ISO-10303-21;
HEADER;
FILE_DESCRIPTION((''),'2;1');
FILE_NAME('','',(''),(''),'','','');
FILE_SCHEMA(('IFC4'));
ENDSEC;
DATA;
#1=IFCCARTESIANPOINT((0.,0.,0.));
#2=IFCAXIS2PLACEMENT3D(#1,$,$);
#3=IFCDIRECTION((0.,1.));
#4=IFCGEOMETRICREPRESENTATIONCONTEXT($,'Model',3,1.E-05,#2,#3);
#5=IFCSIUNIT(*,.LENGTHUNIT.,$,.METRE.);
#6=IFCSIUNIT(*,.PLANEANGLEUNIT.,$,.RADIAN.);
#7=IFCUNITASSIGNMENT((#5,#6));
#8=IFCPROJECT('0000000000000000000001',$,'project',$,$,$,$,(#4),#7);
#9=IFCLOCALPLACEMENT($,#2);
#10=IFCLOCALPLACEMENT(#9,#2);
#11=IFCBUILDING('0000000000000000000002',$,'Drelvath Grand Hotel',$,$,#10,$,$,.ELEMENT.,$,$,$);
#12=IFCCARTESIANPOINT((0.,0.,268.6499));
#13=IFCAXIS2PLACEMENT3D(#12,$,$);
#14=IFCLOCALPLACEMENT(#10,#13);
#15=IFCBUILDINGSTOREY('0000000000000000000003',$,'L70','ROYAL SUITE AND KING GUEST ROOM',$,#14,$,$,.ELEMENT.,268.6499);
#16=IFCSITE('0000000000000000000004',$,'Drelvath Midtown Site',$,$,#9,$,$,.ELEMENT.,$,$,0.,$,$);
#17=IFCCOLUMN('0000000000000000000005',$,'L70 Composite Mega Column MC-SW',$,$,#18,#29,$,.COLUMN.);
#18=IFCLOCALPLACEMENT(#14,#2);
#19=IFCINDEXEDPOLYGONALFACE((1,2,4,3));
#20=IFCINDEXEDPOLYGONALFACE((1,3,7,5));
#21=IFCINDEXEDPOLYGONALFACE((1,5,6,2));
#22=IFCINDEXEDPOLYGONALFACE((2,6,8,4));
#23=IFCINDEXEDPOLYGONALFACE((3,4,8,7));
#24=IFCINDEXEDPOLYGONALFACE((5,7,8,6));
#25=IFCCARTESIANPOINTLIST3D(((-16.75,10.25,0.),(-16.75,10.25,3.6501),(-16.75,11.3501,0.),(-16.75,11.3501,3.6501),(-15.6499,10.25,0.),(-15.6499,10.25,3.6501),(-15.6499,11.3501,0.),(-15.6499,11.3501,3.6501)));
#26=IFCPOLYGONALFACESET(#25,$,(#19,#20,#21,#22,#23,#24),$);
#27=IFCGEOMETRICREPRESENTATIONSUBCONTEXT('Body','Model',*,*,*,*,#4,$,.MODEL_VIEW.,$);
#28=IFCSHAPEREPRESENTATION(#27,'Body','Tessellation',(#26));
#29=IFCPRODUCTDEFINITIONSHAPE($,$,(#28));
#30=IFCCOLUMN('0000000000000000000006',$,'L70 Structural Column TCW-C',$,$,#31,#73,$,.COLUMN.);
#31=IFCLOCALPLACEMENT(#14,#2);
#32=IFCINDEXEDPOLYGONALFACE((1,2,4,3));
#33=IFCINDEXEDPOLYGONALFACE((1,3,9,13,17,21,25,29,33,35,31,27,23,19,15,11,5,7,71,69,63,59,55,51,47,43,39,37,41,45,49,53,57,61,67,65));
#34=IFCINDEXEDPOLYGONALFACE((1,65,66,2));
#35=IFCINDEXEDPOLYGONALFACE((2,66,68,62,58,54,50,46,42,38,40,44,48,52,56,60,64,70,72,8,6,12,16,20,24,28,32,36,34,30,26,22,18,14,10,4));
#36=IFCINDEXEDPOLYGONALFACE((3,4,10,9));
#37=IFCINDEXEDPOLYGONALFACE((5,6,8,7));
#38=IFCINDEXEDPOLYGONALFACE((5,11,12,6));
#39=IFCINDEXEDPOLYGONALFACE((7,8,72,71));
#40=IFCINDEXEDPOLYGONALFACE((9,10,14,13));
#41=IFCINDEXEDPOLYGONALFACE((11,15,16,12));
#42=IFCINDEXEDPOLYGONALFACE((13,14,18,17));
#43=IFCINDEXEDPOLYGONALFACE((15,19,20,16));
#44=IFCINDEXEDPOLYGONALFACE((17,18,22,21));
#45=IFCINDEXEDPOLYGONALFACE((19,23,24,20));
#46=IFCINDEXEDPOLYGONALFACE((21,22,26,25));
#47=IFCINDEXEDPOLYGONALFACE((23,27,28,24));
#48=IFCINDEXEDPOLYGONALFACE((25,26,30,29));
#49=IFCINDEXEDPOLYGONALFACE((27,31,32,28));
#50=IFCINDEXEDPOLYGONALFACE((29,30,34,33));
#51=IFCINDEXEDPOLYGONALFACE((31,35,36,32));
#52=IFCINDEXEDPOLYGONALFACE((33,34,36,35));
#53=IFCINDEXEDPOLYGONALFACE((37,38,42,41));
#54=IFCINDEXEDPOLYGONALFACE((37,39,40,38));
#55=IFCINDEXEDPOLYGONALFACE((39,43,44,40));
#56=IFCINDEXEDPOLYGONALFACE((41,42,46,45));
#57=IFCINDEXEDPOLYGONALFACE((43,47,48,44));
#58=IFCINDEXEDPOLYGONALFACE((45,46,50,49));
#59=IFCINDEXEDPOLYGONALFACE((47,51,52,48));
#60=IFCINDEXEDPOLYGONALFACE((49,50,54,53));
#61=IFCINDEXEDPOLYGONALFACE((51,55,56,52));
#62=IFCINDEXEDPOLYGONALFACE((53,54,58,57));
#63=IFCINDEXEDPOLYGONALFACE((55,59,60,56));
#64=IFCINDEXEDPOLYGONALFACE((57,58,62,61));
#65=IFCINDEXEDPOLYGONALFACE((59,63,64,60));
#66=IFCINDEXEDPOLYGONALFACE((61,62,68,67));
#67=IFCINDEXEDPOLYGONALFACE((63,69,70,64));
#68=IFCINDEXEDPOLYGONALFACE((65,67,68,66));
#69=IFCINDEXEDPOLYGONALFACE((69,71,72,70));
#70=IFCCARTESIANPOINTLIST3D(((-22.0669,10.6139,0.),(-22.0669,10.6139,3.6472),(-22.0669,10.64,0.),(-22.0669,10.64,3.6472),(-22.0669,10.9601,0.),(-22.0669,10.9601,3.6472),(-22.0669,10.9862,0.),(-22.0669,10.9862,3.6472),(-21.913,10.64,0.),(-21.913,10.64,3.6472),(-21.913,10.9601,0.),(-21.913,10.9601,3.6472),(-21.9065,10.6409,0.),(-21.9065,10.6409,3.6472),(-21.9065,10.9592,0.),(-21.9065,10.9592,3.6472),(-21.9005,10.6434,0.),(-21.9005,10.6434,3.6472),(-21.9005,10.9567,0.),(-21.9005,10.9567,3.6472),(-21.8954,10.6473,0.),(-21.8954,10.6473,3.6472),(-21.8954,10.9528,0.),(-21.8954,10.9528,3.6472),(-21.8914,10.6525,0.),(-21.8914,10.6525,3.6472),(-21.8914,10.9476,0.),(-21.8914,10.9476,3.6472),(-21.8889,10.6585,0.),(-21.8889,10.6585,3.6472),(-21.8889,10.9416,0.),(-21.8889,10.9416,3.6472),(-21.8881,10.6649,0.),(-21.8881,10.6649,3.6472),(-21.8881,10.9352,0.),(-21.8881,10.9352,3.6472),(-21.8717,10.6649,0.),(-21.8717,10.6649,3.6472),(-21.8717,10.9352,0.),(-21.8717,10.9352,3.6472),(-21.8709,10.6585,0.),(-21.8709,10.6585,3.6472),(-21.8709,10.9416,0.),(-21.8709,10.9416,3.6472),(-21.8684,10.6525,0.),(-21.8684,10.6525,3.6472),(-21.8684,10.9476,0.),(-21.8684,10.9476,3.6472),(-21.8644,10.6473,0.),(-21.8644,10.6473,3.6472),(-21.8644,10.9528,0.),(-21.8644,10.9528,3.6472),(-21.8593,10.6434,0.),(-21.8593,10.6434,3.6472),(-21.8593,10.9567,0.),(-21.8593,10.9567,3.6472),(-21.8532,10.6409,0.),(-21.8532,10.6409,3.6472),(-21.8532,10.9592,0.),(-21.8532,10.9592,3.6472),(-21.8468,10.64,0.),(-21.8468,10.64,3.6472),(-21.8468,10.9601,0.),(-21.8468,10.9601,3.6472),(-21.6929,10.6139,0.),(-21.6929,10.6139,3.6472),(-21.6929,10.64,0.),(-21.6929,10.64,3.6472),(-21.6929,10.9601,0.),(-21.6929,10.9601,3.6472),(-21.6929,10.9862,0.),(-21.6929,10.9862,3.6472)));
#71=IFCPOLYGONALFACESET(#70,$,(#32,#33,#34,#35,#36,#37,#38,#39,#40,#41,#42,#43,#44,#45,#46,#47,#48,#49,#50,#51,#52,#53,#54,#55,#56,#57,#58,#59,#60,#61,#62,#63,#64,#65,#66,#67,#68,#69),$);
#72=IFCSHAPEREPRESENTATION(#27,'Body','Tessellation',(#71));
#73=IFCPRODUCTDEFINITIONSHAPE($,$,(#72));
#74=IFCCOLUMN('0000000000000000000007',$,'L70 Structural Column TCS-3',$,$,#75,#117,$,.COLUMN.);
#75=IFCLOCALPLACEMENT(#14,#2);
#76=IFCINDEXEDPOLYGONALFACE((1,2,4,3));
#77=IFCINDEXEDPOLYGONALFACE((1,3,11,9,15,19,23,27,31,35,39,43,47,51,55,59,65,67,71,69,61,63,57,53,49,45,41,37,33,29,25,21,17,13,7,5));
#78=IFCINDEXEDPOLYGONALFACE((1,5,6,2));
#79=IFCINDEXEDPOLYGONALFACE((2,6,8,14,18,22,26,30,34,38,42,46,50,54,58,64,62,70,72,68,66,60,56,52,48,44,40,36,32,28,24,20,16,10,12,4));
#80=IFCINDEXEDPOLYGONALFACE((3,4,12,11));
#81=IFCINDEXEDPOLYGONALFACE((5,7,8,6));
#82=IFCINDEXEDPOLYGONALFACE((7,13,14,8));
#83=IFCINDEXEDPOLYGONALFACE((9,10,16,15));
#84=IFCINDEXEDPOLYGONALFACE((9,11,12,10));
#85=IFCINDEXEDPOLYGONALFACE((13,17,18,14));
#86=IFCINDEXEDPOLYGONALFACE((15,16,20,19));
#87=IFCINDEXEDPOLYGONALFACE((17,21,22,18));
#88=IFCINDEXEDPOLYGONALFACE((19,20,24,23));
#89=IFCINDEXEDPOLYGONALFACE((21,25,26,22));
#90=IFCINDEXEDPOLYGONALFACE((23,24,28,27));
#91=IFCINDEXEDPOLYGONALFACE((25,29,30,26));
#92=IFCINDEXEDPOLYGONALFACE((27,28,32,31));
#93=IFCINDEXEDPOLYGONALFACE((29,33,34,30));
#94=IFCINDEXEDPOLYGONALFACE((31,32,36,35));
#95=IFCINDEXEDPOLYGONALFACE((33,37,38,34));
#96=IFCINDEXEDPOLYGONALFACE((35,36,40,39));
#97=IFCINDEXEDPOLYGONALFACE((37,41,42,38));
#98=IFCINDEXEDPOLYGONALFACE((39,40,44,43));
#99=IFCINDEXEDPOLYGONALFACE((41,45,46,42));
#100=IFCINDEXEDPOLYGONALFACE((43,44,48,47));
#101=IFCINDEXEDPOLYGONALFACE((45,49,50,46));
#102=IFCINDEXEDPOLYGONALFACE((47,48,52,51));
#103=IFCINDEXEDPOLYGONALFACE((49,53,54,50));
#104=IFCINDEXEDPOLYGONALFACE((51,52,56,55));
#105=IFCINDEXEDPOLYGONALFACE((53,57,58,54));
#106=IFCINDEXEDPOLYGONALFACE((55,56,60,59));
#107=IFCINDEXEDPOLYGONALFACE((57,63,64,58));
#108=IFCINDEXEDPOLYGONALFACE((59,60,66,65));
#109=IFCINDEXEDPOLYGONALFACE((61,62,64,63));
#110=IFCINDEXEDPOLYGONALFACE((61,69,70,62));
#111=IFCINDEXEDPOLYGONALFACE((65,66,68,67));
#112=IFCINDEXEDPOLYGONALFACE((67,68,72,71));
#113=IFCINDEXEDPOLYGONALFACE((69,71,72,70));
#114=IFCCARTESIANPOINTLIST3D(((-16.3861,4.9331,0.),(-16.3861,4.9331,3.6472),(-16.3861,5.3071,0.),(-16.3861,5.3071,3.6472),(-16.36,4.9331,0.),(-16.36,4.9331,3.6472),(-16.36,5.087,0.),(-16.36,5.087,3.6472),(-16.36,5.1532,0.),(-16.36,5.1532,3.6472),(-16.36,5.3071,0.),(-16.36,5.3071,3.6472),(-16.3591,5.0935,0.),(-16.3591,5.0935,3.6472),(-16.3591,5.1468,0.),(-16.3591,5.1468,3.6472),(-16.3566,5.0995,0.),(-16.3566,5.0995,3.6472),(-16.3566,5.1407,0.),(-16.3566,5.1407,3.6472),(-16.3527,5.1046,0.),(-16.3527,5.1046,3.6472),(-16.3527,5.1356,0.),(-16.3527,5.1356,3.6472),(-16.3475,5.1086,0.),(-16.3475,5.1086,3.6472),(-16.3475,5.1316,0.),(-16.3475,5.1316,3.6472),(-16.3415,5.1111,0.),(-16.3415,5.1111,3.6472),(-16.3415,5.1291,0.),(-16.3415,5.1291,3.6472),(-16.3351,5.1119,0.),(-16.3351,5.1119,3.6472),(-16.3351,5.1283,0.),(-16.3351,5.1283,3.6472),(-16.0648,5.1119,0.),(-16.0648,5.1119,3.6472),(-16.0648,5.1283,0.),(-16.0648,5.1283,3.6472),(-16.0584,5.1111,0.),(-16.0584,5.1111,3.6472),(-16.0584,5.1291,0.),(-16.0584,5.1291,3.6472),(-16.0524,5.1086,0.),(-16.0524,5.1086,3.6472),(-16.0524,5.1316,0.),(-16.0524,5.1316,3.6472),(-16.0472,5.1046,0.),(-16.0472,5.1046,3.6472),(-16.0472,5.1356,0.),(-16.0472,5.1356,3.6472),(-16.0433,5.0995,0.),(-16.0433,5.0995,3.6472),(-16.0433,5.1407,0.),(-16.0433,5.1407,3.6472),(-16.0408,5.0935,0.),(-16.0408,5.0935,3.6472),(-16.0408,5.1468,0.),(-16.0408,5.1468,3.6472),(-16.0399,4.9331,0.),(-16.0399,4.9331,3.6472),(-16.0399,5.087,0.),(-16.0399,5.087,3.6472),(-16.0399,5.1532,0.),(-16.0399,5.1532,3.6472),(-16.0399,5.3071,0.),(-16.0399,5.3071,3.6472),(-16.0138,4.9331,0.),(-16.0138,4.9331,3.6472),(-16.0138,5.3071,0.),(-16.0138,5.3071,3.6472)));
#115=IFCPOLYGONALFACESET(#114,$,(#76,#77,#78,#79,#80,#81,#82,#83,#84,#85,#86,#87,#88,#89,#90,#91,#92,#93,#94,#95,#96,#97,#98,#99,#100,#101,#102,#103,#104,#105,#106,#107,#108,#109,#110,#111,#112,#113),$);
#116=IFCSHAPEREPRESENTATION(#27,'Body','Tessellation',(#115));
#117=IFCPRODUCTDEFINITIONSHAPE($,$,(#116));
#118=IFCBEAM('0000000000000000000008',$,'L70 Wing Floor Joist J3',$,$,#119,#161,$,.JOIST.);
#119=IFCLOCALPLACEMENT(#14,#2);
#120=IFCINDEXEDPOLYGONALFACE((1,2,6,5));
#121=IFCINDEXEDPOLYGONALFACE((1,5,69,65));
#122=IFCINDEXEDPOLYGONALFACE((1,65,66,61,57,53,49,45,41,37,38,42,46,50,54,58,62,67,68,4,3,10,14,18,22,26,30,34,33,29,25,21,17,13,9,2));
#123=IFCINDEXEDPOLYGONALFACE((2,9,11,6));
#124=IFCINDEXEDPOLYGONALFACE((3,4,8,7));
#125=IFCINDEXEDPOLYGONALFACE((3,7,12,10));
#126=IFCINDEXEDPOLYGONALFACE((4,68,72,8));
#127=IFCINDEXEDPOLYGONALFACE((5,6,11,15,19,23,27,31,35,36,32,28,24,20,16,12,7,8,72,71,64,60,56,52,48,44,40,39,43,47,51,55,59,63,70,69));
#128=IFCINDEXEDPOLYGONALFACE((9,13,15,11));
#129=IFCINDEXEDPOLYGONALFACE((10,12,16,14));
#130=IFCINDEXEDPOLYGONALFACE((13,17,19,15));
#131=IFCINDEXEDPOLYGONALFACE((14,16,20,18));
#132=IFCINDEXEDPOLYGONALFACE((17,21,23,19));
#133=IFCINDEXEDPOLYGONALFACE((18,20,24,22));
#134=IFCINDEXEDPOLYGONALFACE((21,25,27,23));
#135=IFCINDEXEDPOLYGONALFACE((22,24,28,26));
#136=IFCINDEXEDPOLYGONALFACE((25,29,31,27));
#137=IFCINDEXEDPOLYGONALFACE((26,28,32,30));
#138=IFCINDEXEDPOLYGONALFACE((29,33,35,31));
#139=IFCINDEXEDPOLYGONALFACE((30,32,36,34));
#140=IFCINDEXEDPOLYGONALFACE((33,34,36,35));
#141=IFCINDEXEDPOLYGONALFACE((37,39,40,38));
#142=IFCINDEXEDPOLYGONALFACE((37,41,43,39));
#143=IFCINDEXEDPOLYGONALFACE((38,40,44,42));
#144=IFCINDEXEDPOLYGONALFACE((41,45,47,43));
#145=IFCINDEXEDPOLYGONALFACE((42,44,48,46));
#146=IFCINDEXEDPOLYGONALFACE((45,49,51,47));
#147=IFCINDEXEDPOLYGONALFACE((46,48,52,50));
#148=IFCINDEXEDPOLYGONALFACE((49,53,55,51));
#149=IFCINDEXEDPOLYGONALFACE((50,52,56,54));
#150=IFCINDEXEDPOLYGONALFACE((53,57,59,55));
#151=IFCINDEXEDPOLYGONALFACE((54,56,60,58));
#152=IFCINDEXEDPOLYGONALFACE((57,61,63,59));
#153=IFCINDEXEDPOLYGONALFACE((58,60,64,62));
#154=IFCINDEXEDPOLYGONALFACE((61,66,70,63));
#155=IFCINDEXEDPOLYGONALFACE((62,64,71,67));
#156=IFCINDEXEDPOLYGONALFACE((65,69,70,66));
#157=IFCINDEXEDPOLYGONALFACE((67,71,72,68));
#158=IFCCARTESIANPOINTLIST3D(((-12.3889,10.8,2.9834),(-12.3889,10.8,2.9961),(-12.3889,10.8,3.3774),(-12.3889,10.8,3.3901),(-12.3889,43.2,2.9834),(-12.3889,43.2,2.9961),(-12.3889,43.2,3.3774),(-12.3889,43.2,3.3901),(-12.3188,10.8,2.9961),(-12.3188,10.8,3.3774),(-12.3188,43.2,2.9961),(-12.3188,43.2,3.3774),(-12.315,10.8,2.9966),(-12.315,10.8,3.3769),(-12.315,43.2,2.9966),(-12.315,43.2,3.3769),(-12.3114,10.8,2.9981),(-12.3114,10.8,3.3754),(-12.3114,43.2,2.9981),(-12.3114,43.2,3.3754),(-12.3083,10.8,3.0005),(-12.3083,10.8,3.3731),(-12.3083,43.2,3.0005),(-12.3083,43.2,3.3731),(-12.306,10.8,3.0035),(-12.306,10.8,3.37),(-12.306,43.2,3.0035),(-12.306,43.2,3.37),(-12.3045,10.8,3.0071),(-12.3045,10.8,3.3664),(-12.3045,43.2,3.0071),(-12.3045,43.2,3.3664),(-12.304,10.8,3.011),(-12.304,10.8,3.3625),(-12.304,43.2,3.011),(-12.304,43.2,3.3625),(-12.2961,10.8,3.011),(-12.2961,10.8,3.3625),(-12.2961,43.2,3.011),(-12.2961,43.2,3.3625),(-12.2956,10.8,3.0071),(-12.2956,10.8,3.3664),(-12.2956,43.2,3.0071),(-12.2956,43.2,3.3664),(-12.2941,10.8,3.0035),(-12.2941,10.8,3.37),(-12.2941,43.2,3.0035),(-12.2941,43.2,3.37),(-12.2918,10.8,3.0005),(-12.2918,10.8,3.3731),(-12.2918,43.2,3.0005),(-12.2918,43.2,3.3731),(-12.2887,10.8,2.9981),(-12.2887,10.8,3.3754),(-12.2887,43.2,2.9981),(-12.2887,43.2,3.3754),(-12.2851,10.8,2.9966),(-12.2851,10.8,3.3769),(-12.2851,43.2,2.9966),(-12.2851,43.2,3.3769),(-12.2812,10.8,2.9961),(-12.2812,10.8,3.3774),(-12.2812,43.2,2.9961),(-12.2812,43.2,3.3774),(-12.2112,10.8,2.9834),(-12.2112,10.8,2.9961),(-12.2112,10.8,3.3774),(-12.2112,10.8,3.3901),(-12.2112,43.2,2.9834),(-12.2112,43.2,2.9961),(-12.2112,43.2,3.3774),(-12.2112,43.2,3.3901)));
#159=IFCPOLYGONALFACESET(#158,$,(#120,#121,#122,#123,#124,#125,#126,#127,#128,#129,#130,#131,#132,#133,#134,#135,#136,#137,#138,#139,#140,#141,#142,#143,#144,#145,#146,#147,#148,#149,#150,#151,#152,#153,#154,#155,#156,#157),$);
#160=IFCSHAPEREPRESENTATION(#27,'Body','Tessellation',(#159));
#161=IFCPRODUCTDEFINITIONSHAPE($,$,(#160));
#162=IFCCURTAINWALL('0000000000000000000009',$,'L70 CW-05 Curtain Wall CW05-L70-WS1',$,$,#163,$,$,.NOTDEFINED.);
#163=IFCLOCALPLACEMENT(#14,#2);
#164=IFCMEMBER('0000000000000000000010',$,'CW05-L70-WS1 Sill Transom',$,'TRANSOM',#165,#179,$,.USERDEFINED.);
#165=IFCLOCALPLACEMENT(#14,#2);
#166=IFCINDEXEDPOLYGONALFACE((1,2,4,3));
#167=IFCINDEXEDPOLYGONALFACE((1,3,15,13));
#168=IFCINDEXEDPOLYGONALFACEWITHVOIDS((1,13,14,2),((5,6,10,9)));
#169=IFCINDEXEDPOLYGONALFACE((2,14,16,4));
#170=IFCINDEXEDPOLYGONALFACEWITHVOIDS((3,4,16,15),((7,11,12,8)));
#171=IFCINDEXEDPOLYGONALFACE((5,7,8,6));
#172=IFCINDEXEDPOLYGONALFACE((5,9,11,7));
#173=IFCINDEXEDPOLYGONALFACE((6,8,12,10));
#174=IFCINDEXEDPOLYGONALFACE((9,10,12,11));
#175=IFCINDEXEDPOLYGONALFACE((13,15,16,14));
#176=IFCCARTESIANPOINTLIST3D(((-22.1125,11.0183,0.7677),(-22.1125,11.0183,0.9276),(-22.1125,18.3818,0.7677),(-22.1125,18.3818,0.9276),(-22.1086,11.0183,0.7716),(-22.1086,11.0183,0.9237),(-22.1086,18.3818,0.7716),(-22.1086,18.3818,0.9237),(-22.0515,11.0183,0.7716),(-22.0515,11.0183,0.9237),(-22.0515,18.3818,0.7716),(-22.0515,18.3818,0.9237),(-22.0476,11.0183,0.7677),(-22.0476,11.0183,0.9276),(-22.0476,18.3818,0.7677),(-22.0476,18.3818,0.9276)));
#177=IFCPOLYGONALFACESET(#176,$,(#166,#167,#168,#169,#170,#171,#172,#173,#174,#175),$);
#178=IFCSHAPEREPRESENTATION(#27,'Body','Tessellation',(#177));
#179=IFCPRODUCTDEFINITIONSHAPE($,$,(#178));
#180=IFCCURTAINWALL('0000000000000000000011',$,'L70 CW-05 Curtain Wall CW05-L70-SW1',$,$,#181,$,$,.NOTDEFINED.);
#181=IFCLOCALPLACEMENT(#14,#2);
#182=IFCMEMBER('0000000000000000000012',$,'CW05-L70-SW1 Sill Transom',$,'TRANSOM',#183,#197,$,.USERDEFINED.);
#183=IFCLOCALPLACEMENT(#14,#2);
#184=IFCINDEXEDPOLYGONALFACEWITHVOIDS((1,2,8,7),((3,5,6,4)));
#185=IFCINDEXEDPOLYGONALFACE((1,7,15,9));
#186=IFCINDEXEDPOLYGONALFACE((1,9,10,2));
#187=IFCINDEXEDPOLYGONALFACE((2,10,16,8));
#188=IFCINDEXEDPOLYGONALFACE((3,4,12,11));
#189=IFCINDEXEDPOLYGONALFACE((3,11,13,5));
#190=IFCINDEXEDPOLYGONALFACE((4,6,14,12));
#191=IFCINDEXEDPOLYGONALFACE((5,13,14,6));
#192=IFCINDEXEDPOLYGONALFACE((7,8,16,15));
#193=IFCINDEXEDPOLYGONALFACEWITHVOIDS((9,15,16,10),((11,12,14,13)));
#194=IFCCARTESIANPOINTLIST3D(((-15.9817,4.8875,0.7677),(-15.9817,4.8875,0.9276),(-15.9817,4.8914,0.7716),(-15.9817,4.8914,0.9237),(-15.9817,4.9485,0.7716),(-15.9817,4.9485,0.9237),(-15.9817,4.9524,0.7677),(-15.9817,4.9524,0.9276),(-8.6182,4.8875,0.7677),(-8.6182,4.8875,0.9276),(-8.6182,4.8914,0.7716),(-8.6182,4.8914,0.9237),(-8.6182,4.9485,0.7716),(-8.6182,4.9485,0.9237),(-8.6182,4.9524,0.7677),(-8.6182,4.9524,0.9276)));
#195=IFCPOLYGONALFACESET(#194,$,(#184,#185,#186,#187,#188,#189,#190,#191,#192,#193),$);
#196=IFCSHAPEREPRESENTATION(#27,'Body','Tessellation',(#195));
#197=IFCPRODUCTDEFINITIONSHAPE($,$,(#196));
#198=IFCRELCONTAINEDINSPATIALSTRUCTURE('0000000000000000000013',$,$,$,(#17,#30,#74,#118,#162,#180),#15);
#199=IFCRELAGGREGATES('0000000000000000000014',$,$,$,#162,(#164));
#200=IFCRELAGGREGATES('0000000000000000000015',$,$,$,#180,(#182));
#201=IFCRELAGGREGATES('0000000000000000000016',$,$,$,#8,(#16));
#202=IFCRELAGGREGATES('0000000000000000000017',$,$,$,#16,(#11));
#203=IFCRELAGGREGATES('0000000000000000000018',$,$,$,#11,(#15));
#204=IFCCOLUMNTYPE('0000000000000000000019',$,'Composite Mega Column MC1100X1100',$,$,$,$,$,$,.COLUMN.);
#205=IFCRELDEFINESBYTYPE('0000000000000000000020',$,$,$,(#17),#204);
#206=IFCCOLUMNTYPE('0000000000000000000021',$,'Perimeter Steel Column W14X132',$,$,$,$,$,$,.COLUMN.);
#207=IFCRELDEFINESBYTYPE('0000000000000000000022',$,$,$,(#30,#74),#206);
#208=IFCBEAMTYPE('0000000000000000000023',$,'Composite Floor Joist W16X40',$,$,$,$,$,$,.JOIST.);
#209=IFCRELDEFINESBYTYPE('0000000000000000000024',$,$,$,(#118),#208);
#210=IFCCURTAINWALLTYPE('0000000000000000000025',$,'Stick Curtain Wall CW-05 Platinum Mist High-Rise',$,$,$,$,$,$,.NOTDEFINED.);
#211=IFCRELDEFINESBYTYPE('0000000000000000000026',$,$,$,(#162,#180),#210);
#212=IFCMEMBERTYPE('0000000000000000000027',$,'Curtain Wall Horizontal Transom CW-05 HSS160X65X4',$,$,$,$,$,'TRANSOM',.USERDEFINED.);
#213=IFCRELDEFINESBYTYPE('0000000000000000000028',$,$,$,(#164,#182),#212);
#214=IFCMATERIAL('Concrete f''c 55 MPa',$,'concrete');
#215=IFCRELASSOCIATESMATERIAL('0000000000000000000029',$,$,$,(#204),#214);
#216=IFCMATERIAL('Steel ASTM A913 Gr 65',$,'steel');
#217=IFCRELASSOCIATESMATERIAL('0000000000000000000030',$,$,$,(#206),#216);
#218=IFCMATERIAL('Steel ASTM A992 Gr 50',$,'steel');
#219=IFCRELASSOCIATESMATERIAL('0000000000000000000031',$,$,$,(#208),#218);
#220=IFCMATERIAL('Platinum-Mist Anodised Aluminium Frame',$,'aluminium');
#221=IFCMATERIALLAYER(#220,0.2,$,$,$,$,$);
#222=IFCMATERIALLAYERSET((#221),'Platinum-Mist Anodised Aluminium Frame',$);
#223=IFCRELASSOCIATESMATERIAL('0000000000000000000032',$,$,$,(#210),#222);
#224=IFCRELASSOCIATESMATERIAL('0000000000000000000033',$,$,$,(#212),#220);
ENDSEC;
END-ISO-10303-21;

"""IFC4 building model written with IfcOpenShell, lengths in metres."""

from ifc_helpers import new_model, si_unit, direction, frame, origin, origin_2d, place, context, subcontext, project, spatial, rectangle, hollow_rectangle, i_section, extrude, material, layer, layer_set, material_profile, profile_set, type_object, element, aggregate, save


model = new_model("IFC4")

# Units and contexts
model_context = context("Model", 3, precision=1e-05, world=origin(), true_north=direction((0.0, 1.0)))
body_context = subcontext(model_context, "Body", "Model", "MODEL_VIEW")
ifc_project = project(units=[si_unit("LENGTHUNIT", "METRE"), si_unit("PLANEANGLEUNIT", "RADIAN")], contexts=[model_context])

# Site, building, storey
site_placement = place(None, origin())
site = spatial("IfcSite", under=ifc_project, at=site_placement, Name="Drelvath Midtown Site", CompositionType="ELEMENT", RefElevation=0.0)
building_placement = place(site_placement, origin())
building = spatial("IfcBuilding", under=site, at=building_placement, Name="Drelvath Grand Hotel", CompositionType="ELEMENT")
storey_placement = place(building_placement, frame((0.0, 0.0, 268.6499)))
storey = spatial("IfcBuildingStorey", under=building, at=storey_placement, Name="L70", Description="ROYAL SUITE AND KING GUEST ROOM", CompositionType="ELEMENT", Elevation=268.6499)

# Columns
ifc_material_1 = material(Name="Concrete f'c 55 MPa", Category="concrete")
ifc_material_profile_1 = material_profile(ifc_material_1, rectangle(XDim=1.1001, YDim=1.1001, at=origin_2d()), Name="MC1100X1100")
ifc_profile_set_1 = profile_set([ifc_material_profile_1], Name="Concrete f'c 55 MPa")
column_type_1 = type_object("IfcColumnType", Name="Composite Mega Column MC1100X1100", PredefinedType="COLUMN", material=ifc_profile_set_1)
column_placement = place(storey_placement, frame((-16.2, 10.8, 0.0), z_axis=(0.0, 0.0, 1.0), x_axis=(1.0, 0.0, 0.0)))
element("IfcColumn", 1, at=column_placement, inside=storey, type_object=column_type_1, Name="L70 Composite Mega Column MC-SW", PredefinedType="COLUMN", context=body_context, shape_type="SweptSolid", body=[
    extrude(rectangle(XDim=1.1001, YDim=1.1001, at=origin_2d()), origin(), (0.0, 0.0, 1.0), 3.6501),
])
ifc_material_2 = material(Name="Steel ASTM A913 Gr 65", Category="steel")
ifc_material_profile_2 = material_profile(ifc_material_2, i_section(OverallWidth=0.374, OverallDepth=0.3723, WebThickness=0.0164, FlangeThickness=0.0261, FilletRadius=0.0249, at=origin_2d()), Name="W14X132")
ifc_profile_set_2 = profile_set([ifc_material_profile_2], Name="Steel ASTM A913 Gr 65")
column_type_2 = type_object("IfcColumnType", Name="Perimeter Steel Column W14X132", PredefinedType="COLUMN", material=ifc_profile_set_2)
for number, where, z_axis, x_axis, name in (
    (2, (-21.8799, 10.8, 0.0), (0.0, 0.0, 1.0), (1.0, 0.0, 0.0), "L70 Structural Column TCW-C"),
    (3, (-16.2, 5.1201, 0.0), (0.0, 0.0, 1.0), (0.0, 1.0, 0.0), "L70 Structural Column TCS-3"),
):
    element("IfcColumn", number, at=place(storey_placement, frame(where, z_axis=z_axis, x_axis=x_axis)), inside=storey, type_object=column_type_2, Name=name, PredefinedType="COLUMN", context=body_context, shape_type="SweptSolid", body=[
        extrude(i_section(OverallWidth=0.374, OverallDepth=0.3723, WebThickness=0.0164, FlangeThickness=0.0261, FilletRadius=0.0249, at=origin_2d()), origin(), (0.0, 0.0, 1.0), 3.6472),
    ])

# Beam
ifc_material_3 = material(Name="Steel ASTM A992 Gr 50", Category="steel")
ifc_material_profile_3 = material_profile(ifc_material_3, i_section(OverallWidth=0.1777, OverallDepth=0.4067, WebThickness=0.0078, FlangeThickness=0.0127, FilletRadius=0.0149, at=origin_2d()), Name="W16X40")
ifc_profile_set_3 = profile_set([ifc_material_profile_3], Name="Steel ASTM A992 Gr 50")
beam_type_1 = type_object("IfcBeamType", Name="Composite Floor Joist W16X40", PredefinedType="JOIST", material=ifc_profile_set_3)
beam_placement = place(storey_placement, frame((-12.3, 10.8, 3.1868), z_axis=(0.0, 1.0, 0.0), x_axis=(-1.0, 0.0, 0.0)))
element("IfcBeam", 4, at=beam_placement, inside=storey, type_object=beam_type_1, Name="L70 Wing Floor Joist J3", PredefinedType="JOIST", context=body_context, shape_type="SweptSolid", body=[
    extrude(i_section(OverallWidth=0.1777, OverallDepth=0.4067, WebThickness=0.0078, FlangeThickness=0.0127, FilletRadius=0.0149, at=origin_2d()), origin(), (0.0, 0.0, 1.0), 32.3999),
])

# Curtain walls, members
ifc_material_4 = material(Name="Platinum-Mist Anodised Aluminium Frame", Category="aluminium")
ifc_layer_1 = layer(ifc_material_4, 0.2)
ifc_layer_set_1 = layer_set([ifc_layer_1], Name="Platinum-Mist Anodised Aluminium Frame")
curtain_wall_type = type_object("IfcCurtainWallType", Name="Stick Curtain Wall CW-05 Platinum Mist High-Rise", PredefinedType="NOTDEFINED", material=ifc_layer_set_1)
curtain_wall_1_placement = place(storey_placement, origin())
curtain_wall_1 = element("IfcCurtainWall", 5, at=curtain_wall_1_placement, inside=storey, type_object=curtain_wall_type, Name="L70 CW-05 Curtain Wall CW05-L70-WS1", PredefinedType="NOTDEFINED")
ifc_material_profile_4 = material_profile(ifc_material_4, hollow_rectangle(XDim=0.0649, YDim=0.1599, WallThickness=0.0039, at=origin_2d()), Name="HSS160X65X4")
ifc_profile_set_4 = profile_set([ifc_material_profile_4], Name="Platinum-Mist Anodised Aluminium Frame")
member_type_1 = type_object("IfcMemberType", Name="Curtain Wall Horizontal Transom CW-05 HSS160X65X4", ElementType="TRANSOM", PredefinedType="USERDEFINED", material=ifc_profile_set_4)
member_1_placement = place(storey_placement, frame((-22.0801, 11.0183, 0.8477), z_axis=(0.0, 1.0, 0.0), x_axis=(-1.0, 0.0, 0.0)))
member_1 = element("IfcMember", 6, at=member_1_placement, type_object=member_type_1, Name="CW05-L70-WS1 Sill Transom", ObjectType="TRANSOM", PredefinedType="USERDEFINED", context=body_context, shape_type="SweptSolid", body=[
    extrude(hollow_rectangle(XDim=0.0649, YDim=0.1599, WallThickness=0.0039, at=origin_2d()), origin(), (0.0, 0.0, 1.0), 7.3635),
])
curtain_wall_2_placement = place(storey_placement, origin())
curtain_wall_2 = element("IfcCurtainWall", 7, at=curtain_wall_2_placement, inside=storey, type_object=curtain_wall_type, Name="L70 CW-05 Curtain Wall CW05-L70-SW1", PredefinedType="NOTDEFINED")
member_2_placement = place(storey_placement, frame((-8.6182, 4.9199, 0.8477), z_axis=(-1.0, 0.0, 0.0), x_axis=(0.0, -1.0, 0.0)))
member_2 = element("IfcMember", 8, at=member_2_placement, type_object=member_type_1, Name="CW05-L70-SW1 Sill Transom", ObjectType="TRANSOM", PredefinedType="USERDEFINED", context=body_context, shape_type="SweptSolid", body=[
    extrude(hollow_rectangle(XDim=0.0649, YDim=0.1599, WallThickness=0.0039, at=origin_2d()), origin(), (0.0, 0.0, 1.0), 7.3635),
])

aggregate(curtain_wall_1, [member_1])

aggregate(curtain_wall_2, [member_2])

save(model, "model.ifc")
